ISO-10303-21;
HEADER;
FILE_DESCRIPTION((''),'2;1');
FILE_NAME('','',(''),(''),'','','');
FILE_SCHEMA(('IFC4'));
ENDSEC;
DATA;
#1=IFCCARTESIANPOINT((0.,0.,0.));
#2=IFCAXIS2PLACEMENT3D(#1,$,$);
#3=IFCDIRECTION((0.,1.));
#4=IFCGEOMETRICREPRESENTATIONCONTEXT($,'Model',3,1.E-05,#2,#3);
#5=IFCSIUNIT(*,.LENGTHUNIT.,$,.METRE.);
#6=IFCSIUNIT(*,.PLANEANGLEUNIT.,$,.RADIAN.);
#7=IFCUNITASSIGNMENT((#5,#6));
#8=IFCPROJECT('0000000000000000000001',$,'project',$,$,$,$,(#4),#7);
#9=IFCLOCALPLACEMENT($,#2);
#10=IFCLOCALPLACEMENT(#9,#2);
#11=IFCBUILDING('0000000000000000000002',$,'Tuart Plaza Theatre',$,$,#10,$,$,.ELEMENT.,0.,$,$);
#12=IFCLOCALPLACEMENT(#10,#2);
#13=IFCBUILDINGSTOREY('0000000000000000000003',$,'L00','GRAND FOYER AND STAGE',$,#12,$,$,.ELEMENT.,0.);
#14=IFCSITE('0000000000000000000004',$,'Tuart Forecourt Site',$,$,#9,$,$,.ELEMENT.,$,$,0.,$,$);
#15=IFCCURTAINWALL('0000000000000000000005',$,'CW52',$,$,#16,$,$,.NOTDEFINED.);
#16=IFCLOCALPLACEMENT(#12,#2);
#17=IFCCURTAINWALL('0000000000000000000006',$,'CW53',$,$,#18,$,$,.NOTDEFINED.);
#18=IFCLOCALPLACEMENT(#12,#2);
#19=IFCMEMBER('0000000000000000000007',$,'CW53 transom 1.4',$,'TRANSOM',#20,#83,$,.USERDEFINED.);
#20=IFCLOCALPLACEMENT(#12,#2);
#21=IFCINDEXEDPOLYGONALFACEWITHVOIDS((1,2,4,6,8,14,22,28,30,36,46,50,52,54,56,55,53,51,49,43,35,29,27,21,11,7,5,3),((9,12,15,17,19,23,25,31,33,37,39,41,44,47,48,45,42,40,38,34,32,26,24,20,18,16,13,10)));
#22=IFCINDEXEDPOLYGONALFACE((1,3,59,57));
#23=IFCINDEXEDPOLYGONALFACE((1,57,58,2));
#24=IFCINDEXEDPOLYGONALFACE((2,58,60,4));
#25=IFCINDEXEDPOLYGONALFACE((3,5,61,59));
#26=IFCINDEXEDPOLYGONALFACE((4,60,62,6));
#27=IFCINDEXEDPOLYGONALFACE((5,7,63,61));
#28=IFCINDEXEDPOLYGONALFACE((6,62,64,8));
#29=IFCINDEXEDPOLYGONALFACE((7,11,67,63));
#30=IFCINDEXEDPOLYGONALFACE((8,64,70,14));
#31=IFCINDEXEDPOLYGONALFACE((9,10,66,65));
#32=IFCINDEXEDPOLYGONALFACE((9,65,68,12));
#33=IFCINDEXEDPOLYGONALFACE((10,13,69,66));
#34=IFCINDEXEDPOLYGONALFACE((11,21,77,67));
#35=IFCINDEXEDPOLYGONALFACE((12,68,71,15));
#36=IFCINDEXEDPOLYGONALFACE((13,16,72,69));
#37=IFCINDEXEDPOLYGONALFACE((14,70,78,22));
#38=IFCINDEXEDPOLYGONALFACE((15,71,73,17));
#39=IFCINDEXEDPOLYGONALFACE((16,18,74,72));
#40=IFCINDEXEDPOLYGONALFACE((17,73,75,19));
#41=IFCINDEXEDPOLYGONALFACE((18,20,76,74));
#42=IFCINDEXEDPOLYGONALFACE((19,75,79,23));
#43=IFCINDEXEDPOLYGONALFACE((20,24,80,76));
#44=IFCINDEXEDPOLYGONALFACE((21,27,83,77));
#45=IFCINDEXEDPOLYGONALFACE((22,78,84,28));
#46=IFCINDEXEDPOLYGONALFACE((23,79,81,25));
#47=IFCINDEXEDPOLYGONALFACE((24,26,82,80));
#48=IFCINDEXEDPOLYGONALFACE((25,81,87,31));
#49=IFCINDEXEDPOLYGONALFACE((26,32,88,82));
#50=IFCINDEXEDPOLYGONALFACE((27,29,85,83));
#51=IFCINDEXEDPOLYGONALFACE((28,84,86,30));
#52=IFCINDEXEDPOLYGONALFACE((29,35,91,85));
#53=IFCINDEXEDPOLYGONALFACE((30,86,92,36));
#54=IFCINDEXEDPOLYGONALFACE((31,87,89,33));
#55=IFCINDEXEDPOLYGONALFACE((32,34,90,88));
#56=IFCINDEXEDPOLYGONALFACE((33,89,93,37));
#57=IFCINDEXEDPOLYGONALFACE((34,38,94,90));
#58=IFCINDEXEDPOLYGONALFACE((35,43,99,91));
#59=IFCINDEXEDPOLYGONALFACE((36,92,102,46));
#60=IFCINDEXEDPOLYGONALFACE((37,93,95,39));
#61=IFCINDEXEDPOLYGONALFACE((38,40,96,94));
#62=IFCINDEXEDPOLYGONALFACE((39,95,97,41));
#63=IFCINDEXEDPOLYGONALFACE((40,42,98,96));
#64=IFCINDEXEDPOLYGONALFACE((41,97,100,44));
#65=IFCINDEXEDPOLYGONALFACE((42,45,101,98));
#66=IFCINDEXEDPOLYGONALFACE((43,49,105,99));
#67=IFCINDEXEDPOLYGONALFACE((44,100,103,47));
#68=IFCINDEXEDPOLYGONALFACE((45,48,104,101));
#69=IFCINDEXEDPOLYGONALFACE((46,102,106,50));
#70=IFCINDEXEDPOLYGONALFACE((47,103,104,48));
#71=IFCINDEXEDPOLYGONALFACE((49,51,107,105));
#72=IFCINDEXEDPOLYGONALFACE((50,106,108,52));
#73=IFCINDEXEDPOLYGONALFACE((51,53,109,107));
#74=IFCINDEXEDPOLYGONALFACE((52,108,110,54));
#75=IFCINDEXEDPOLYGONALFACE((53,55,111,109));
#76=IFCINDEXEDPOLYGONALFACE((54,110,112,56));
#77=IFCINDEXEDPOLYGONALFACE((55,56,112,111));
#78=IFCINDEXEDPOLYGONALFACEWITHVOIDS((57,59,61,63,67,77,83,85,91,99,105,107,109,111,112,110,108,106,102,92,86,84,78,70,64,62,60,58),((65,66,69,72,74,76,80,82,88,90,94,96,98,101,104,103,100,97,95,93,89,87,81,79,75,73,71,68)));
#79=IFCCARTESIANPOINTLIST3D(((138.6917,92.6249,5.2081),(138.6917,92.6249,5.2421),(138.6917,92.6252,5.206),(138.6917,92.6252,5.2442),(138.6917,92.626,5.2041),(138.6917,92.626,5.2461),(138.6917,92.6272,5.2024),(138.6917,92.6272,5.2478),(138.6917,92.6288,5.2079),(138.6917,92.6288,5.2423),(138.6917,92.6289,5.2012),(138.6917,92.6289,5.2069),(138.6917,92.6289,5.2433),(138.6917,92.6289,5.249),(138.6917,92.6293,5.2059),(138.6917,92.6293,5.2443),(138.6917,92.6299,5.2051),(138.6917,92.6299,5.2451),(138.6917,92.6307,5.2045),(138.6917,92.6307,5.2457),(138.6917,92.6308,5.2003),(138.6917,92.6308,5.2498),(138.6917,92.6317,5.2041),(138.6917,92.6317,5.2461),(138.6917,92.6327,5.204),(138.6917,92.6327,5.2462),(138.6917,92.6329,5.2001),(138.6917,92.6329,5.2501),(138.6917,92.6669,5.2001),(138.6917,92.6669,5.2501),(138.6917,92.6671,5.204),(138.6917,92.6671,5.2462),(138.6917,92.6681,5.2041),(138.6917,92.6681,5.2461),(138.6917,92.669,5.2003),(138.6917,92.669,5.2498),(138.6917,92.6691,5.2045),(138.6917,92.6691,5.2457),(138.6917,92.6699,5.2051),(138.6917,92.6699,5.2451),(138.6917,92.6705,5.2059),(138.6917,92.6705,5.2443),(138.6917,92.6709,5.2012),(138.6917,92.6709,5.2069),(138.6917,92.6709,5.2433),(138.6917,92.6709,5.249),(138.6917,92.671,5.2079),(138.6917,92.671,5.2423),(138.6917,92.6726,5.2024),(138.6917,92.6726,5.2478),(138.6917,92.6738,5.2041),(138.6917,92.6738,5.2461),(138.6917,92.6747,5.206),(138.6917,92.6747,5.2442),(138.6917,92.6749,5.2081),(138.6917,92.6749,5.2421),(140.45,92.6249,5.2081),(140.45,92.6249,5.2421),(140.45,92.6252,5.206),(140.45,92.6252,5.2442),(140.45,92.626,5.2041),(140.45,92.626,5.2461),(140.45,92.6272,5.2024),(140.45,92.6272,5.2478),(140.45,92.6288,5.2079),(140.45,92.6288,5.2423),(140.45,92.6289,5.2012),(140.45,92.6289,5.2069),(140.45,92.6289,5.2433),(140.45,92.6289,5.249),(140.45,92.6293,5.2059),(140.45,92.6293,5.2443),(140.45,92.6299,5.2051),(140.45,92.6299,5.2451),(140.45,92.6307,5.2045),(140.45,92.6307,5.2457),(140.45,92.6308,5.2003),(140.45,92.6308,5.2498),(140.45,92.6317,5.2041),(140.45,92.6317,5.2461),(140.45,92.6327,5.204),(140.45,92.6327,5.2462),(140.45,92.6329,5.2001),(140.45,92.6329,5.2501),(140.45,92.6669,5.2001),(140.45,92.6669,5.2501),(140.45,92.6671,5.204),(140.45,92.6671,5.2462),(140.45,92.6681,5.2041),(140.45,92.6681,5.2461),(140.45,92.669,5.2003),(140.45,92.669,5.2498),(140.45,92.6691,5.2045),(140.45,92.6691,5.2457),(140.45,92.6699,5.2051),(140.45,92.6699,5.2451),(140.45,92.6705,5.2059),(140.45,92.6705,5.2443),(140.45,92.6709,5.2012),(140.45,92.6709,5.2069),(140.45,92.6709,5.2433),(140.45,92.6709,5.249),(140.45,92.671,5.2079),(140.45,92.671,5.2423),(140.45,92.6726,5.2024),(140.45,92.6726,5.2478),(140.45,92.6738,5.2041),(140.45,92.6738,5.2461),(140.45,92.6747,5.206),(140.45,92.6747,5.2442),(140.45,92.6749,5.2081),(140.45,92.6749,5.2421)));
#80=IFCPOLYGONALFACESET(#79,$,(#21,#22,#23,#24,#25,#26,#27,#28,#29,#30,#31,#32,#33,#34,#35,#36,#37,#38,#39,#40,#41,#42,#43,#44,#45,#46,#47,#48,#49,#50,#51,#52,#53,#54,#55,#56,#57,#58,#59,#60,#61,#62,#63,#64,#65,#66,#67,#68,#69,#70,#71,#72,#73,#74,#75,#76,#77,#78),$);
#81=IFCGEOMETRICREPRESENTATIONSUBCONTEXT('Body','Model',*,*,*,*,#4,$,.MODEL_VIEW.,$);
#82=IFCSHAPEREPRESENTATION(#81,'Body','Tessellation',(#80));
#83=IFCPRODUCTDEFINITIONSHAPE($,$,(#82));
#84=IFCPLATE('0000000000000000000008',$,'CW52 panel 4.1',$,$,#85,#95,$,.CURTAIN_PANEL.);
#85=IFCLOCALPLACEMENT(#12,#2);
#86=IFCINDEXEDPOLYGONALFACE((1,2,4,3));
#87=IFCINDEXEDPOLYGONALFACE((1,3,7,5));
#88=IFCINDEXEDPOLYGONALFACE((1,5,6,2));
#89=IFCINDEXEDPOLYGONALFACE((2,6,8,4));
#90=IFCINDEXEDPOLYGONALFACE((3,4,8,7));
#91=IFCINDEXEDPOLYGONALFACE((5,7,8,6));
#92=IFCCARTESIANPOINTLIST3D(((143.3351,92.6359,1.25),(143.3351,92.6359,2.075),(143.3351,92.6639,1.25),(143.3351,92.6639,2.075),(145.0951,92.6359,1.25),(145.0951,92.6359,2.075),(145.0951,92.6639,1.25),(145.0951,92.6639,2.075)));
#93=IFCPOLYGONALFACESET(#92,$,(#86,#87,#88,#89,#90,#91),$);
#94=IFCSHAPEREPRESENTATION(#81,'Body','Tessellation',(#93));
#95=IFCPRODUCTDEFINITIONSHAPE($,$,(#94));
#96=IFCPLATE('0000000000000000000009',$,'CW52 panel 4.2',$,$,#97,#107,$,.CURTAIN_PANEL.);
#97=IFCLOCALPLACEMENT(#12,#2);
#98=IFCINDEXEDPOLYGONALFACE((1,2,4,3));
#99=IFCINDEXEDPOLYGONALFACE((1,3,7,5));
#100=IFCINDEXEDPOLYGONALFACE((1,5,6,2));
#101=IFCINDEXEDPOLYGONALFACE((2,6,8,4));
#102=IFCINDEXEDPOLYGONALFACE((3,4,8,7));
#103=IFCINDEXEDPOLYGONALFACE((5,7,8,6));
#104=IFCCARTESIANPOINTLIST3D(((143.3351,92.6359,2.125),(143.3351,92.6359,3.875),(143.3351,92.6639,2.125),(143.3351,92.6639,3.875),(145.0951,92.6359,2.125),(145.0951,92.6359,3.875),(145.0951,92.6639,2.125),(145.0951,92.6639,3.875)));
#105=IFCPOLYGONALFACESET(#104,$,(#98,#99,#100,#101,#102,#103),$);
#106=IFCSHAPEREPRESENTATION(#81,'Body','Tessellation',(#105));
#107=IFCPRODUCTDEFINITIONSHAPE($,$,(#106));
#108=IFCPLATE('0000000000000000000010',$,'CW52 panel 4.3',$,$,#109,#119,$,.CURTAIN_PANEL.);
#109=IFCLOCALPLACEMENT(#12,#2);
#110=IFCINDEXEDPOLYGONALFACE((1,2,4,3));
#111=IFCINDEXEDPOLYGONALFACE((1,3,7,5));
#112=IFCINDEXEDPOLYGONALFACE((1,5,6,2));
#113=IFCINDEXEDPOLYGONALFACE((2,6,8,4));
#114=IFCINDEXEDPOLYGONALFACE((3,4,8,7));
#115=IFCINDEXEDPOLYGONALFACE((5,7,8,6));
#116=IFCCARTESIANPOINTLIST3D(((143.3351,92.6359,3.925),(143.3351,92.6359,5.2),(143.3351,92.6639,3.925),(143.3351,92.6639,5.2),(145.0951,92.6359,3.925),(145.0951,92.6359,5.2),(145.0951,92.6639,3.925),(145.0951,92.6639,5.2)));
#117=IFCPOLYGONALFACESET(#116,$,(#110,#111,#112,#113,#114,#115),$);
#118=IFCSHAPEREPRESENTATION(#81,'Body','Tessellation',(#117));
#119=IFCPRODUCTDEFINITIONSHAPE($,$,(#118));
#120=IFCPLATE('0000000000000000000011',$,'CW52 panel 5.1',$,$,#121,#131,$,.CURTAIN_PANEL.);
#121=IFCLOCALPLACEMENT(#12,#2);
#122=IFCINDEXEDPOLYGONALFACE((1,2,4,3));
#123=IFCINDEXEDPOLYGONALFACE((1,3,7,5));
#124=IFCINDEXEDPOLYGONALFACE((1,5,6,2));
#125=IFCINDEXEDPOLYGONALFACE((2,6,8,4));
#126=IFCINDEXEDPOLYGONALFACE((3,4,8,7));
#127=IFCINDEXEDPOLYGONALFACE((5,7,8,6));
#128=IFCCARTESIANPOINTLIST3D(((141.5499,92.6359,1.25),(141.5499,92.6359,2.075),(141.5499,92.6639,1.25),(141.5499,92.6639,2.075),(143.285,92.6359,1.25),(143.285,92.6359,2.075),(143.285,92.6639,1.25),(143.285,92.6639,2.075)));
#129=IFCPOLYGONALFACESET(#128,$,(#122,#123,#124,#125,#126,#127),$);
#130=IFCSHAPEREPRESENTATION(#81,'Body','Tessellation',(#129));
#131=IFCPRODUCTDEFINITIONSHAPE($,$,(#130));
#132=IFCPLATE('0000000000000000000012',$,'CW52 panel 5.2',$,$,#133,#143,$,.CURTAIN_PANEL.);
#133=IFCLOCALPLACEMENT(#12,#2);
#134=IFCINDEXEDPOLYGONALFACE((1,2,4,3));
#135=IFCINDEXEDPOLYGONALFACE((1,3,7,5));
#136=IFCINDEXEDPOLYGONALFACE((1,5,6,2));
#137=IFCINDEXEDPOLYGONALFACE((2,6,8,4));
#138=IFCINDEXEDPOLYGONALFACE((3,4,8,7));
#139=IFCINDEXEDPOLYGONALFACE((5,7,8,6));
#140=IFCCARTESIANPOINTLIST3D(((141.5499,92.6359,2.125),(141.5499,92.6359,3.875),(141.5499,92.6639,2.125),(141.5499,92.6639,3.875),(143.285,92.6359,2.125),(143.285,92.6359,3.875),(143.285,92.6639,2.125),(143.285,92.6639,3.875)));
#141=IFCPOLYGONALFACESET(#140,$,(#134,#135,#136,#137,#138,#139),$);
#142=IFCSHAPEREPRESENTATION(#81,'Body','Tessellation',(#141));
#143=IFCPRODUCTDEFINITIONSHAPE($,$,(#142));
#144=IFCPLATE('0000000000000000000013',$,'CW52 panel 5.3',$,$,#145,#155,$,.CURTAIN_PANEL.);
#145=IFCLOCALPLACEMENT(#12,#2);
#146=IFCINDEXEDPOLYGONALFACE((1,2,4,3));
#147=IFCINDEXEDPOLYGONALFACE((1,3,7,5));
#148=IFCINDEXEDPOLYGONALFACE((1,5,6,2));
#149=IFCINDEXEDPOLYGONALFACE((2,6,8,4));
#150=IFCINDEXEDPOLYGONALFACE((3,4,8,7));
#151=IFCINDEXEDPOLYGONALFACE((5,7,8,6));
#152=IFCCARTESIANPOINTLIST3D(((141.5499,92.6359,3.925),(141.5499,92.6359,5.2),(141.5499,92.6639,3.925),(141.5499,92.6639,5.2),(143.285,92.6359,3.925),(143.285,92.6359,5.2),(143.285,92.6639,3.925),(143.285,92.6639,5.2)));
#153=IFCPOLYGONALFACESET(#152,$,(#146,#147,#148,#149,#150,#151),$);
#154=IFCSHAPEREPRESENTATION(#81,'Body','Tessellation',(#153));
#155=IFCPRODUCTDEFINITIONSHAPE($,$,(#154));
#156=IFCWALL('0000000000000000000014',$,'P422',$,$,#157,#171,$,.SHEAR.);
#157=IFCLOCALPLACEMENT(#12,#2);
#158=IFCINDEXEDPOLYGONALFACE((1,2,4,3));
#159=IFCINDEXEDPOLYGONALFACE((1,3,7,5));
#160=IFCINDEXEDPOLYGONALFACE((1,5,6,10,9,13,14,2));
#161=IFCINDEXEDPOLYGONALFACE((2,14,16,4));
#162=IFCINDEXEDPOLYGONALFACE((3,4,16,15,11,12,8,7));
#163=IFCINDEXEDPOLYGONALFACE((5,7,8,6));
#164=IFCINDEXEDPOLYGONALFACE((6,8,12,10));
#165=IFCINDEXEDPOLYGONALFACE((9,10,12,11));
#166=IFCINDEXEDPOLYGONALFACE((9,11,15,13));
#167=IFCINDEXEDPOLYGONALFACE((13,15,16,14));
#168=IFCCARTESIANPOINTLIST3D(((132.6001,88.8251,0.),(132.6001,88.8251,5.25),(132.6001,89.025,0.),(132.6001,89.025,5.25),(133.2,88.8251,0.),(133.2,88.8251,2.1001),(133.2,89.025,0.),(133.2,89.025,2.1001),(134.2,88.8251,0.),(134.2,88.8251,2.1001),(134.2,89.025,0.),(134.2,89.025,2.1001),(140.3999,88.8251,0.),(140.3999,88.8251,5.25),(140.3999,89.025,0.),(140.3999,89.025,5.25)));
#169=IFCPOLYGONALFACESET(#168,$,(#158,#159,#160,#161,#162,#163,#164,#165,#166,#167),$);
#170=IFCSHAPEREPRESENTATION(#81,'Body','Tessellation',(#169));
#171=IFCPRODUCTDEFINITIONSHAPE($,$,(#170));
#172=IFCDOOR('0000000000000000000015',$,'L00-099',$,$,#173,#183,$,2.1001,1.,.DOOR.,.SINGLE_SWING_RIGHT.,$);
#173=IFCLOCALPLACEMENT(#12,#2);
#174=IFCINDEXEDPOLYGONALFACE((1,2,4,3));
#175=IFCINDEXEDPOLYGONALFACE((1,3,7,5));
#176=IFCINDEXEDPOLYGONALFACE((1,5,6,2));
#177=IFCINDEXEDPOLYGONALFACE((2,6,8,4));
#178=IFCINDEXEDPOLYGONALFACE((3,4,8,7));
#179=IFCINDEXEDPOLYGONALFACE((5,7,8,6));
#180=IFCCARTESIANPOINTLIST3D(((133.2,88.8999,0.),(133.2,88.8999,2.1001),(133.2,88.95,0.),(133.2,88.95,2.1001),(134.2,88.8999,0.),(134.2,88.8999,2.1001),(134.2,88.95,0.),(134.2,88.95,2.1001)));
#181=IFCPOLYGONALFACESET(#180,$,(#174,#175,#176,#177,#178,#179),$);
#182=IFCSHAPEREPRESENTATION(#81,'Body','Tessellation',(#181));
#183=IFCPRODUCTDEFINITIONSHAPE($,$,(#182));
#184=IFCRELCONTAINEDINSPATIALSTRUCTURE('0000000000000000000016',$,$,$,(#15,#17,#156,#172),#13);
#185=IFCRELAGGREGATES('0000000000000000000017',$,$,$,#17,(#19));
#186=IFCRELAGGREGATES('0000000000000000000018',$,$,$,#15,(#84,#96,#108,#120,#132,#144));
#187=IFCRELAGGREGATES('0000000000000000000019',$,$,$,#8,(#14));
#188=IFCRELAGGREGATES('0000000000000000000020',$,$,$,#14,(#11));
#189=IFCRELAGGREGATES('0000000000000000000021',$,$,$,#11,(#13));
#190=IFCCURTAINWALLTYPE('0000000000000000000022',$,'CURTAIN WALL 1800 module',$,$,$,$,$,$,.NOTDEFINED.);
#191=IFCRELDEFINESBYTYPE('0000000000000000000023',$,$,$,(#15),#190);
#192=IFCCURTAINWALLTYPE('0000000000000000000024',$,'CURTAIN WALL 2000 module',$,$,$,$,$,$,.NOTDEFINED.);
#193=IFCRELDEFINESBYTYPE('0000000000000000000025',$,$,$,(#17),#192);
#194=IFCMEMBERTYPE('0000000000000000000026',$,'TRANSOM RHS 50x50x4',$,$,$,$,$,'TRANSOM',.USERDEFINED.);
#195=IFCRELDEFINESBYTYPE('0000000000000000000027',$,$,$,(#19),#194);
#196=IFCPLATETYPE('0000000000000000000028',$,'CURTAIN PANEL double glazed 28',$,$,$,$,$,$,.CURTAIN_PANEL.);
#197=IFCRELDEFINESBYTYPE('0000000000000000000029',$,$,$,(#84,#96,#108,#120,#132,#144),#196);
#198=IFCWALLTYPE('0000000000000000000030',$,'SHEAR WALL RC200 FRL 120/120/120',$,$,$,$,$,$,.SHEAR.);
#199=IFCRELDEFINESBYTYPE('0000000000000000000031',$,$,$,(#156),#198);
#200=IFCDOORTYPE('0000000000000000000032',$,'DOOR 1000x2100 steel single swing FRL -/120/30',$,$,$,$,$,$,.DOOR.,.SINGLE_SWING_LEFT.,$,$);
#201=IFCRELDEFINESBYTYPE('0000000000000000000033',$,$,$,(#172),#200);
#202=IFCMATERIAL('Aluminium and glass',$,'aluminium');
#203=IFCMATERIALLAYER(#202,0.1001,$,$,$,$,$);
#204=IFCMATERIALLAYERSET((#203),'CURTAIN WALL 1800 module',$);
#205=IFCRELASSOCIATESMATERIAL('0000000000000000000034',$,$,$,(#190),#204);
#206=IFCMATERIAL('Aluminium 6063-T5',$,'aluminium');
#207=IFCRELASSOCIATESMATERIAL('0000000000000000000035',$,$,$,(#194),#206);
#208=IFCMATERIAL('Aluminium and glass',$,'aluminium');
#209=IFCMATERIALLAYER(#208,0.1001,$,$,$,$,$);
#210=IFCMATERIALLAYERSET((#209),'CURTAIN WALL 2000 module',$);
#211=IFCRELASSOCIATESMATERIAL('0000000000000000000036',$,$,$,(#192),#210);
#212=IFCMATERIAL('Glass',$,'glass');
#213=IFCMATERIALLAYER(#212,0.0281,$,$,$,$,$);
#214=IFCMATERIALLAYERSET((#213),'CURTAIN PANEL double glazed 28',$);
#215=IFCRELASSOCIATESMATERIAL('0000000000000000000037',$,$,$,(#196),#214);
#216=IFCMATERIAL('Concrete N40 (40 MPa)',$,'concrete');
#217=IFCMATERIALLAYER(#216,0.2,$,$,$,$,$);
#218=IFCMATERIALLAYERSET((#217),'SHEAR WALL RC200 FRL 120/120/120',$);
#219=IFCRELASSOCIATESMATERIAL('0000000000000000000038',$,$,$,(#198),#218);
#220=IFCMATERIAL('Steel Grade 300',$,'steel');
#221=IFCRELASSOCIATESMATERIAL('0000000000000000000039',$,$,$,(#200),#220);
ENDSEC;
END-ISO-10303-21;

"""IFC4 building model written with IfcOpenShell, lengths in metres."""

from ifc_helpers import new_model, si_unit, direction, frame, frame_2d, origin, origin_2d, place, context, subcontext, project, spatial, rectangle, hollow_rectangle, extrude, material, layer, layer_set, material_profile, profile_set, type_object, element, fill, aggregate, save


model = new_model("IFC4")

# Units and contexts
model_context = context("Model", 3, precision=1e-05, world=origin(), true_north=direction((0.0, 1.0)))
body_context = subcontext(model_context, "Body", "Model", "MODEL_VIEW")
ifc_project = project(units=[si_unit("LENGTHUNIT", "METRE"), si_unit("PLANEANGLEUNIT", "RADIAN")], contexts=[model_context])

# Site, building, storey
site_placement = place(None, origin())
site = spatial("IfcSite", under=ifc_project, at=site_placement, Name="Tuart Forecourt Site", CompositionType="ELEMENT", RefElevation=0.0)
building_placement = place(site_placement, origin())
building = spatial("IfcBuilding", under=site, at=building_placement, Name="Tuart Plaza Theatre", CompositionType="ELEMENT", ElevationOfRefHeight=0.0)
storey_placement = place(building_placement, origin())
storey = spatial("IfcBuildingStorey", under=building, at=storey_placement, Name="L00", Description="GRAND FOYER AND STAGE", CompositionType="ELEMENT", Elevation=0.0)

# Curtain walls, member
ifc_material_1 = material(Name="Aluminium and glass", Category="aluminium")
ifc_layer_1 = layer(ifc_material_1, 0.1001)
ifc_layer_set_1 = layer_set([ifc_layer_1], Name="CURTAIN WALL 1800 module")
curtain_wall_type_1 = type_object("IfcCurtainWallType", Name="CURTAIN WALL 1800 module", PredefinedType="NOTDEFINED", material=ifc_layer_set_1)
curtain_wall_1_placement = place(storey_placement, origin())
curtain_wall_1 = element("IfcCurtainWall", 1, at=curtain_wall_1_placement, inside=storey, type_object=curtain_wall_type_1, Name="CW52", PredefinedType="NOTDEFINED")
ifc_material_2 = material(Name="Aluminium 6063-T5", Category="aluminium")
ifc_material_profile_1 = material_profile(ifc_material_2, hollow_rectangle(XDim=0.05, YDim=0.05, WallThickness=0.0039, InnerFilletRadius=0.0039, OuterFilletRadius=0.0081, at=origin_2d()), Name="RHS 50x50x4")
ifc_profile_set_1 = profile_set([ifc_material_profile_1], Name="Aluminium 6063-T5")
member_type_1 = type_object("IfcMemberType", Name="TRANSOM RHS 50x50x4", ElementType="TRANSOM", PredefinedType="USERDEFINED", material=ifc_profile_set_1)
ifc_material_3 = material(Name="Aluminium and glass", Category="aluminium")
ifc_layer_2 = layer(ifc_material_3, 0.1001)
ifc_layer_set_2 = layer_set([ifc_layer_2], Name="CURTAIN WALL 2000 module")
curtain_wall_type_2 = type_object("IfcCurtainWallType", Name="CURTAIN WALL 2000 module", PredefinedType="NOTDEFINED", material=ifc_layer_set_2)
curtain_wall_2_placement = place(storey_placement, origin())
curtain_wall_2 = element("IfcCurtainWall", 2, at=curtain_wall_2_placement, inside=storey, type_object=curtain_wall_type_2, Name="CW53", PredefinedType="NOTDEFINED")
member_1_placement = place(storey_placement, frame((140.45, 92.6499, 5.2251), z_axis=(-1.0, 0.0, 0.0), x_axis=(0.0, -1.0, 0.0)))
member_1 = element("IfcMember", 3, at=member_1_placement, type_object=member_type_1, Name="CW53 transom 1.4", ObjectType="TRANSOM", PredefinedType="USERDEFINED", context=body_context, shape_type="SweptSolid", body=[
    extrude(hollow_rectangle(XDim=0.05, YDim=0.05, WallThickness=0.0039, InnerFilletRadius=0.0039, OuterFilletRadius=0.0081, at=origin_2d()), origin(), (0.0, 0.0, 1.0), 1.7583),
])
aggregate(curtain_wall_2, [member_1])

# Plates
ifc_material_4 = material(Name="Glass", Category="glass")
ifc_layer_3 = layer(ifc_material_4, 0.0281)
ifc_layer_set_3 = layer_set([ifc_layer_3], Name="CURTAIN PANEL double glazed 28")
plate_type = type_object("IfcPlateType", Name="CURTAIN PANEL double glazed 28", PredefinedType="CURTAIN_PANEL", material=ifc_layer_set_3)
plate_1_placement = place(storey_placement, frame((144.2151, 92.6499, 1.25), z_axis=(0.0, 0.0, 1.0), x_axis=(-1.0, 0.0, 0.0)))
plate_1 = element("IfcPlate", 4, at=plate_1_placement, type_object=plate_type, Name="CW52 panel 4.1", PredefinedType="CURTAIN_PANEL", context=body_context, shape_type="SweptSolid", body=[
    extrude(rectangle(XDim=1.76, YDim=0.0281, at=origin_2d()), origin(), (0.0, 0.0, 1.0), 0.825),
])
plate_2_placement = place(storey_placement, frame((144.2151, 92.6499, 2.125), z_axis=(0.0, 0.0, 1.0), x_axis=(-1.0, 0.0, 0.0)))
plate_2 = element("IfcPlate", 5, at=plate_2_placement, type_object=plate_type, Name="CW52 panel 4.2", PredefinedType="CURTAIN_PANEL", context=body_context, shape_type="SweptSolid", body=[
    extrude(rectangle(XDim=1.76, YDim=0.0281, at=origin_2d()), origin(), (0.0, 0.0, 1.0), 1.75),
])
plate_3_placement = place(storey_placement, frame((144.2151, 92.6499, 3.925), z_axis=(0.0, 0.0, 1.0), x_axis=(-1.0, 0.0, 0.0)))
plate_3 = element("IfcPlate", 6, at=plate_3_placement, type_object=plate_type, Name="CW52 panel 4.3", PredefinedType="CURTAIN_PANEL", context=body_context, shape_type="SweptSolid", body=[
    extrude(rectangle(XDim=1.76, YDim=0.0281, at=origin_2d()), origin(), (0.0, 0.0, 1.0), 1.2749),
])
plate_4_placement = place(storey_placement, frame((142.4175, 92.6499, 1.25), z_axis=(0.0, 0.0, 1.0), x_axis=(-1.0, 0.0, 0.0)))
plate_4 = element("IfcPlate", 7, at=plate_4_placement, type_object=plate_type, Name="CW52 panel 5.1", PredefinedType="CURTAIN_PANEL", context=body_context, shape_type="SweptSolid", body=[
    extrude(rectangle(XDim=1.7351, YDim=0.0281, at=origin_2d()), origin(), (0.0, 0.0, 1.0), 0.825),
])
plate_5_placement = place(storey_placement, frame((142.4175, 92.6499, 2.125), z_axis=(0.0, 0.0, 1.0), x_axis=(-1.0, 0.0, 0.0)))
plate_5 = element("IfcPlate", 8, at=plate_5_placement, type_object=plate_type, Name="CW52 panel 5.2", PredefinedType="CURTAIN_PANEL", context=body_context, shape_type="SweptSolid", body=[
    extrude(rectangle(XDim=1.7351, YDim=0.0281, at=origin_2d()), origin(), (0.0, 0.0, 1.0), 1.75),
])
plate_6_placement = place(storey_placement, frame((142.4175, 92.6499, 3.925), z_axis=(0.0, 0.0, 1.0), x_axis=(-1.0, 0.0, 0.0)))
plate_6 = element("IfcPlate", 9, at=plate_6_placement, type_object=plate_type, Name="CW52 panel 5.3", PredefinedType="CURTAIN_PANEL", context=body_context, shape_type="SweptSolid", body=[
    extrude(rectangle(XDim=1.7351, YDim=0.0281, at=origin_2d()), origin(), (0.0, 0.0, 1.0), 1.2749),
])
aggregate(curtain_wall_1, [plate_1, plate_2, plate_3, plate_4, plate_5, plate_6])

# Wall, opening, door
ifc_material_5 = material(Name="Concrete N40 (40 MPa)", Category="concrete")
ifc_layer_4 = layer(ifc_material_5, 0.2)
ifc_layer_set_4 = layer_set([ifc_layer_4], Name="SHEAR WALL RC200 FRL 120/120/120")
wall_type_1 = type_object("IfcWallType", Name="SHEAR WALL RC200 FRL 120/120/120", PredefinedType="SHEAR", material=ifc_layer_set_4)
wall_1_placement = place(storey_placement, frame((140.3999, 88.925, 0.0), z_axis=(0.0, 0.0, 1.0), x_axis=(-1.0, 0.0, 0.0)))
wall_1 = element("IfcWall", 10, at=wall_1_placement, inside=storey, type_object=wall_type_1, Name="P422", PredefinedType="SHEAR", context=body_context, shape_type="SweptSolid", body=[
    extrude(rectangle(XDim=7.7998, YDim=0.2, at=frame_2d((3.8999, 0.0))), origin(), (0.0, 0.0, 1.0), 5.25),
])
opening_placement = place(wall_1_placement, frame((6.2, 0.0, 0.0)))
opening = element("IfcOpeningElement", 11, at=opening_placement, cuts=wall_1, PredefinedType="OPENING", context=body_context, shape_type="SweptSolid", body=[
    extrude(rectangle(XDim=1.0, YDim=2.1001, at=frame_2d((0.5, 1.05))), frame((0.0, 0.1099, 0.0), z_axis=(0.0, -1.0, 0.0), x_axis=(1.0, 0.0, 0.0)), (0.0, 0.0, 1.0), 0.22),
])
ifc_material_6 = material(Name="Steel Grade 300", Category="steel")
door_type = type_object("IfcDoorType", Name="DOOR 1000x2100 steel single swing FRL -/120/30", OperationType="SINGLE_SWING_LEFT", PredefinedType="DOOR", material=ifc_material_6)
door_placement = place(opening_placement, frame((1.0, 0.0, 0.0), z_axis=(0.0, 0.0, 1.0), x_axis=(-1.0, 0.0, 0.0)))
door = element("IfcDoor", 12, at=door_placement, inside=storey, type_object=door_type, Name="L00-099", OperationType="SINGLE_SWING_RIGHT", OverallHeight=2.1001, OverallWidth=1.0, PredefinedType="DOOR", context=body_context, shape_type="SweptSolid", body=[
    extrude(rectangle(XDim=1.0, YDim=2.1001, at=frame_2d((0.5, 1.05))), frame((0.0, 0.0249, 0.0), z_axis=(0.0, -1.0, 0.0), x_axis=(1.0, 0.0, 0.0)), (0.0, 0.0, 1.0), 0.05),
])
fill(opening, door)

save(model, "model.ifc")
